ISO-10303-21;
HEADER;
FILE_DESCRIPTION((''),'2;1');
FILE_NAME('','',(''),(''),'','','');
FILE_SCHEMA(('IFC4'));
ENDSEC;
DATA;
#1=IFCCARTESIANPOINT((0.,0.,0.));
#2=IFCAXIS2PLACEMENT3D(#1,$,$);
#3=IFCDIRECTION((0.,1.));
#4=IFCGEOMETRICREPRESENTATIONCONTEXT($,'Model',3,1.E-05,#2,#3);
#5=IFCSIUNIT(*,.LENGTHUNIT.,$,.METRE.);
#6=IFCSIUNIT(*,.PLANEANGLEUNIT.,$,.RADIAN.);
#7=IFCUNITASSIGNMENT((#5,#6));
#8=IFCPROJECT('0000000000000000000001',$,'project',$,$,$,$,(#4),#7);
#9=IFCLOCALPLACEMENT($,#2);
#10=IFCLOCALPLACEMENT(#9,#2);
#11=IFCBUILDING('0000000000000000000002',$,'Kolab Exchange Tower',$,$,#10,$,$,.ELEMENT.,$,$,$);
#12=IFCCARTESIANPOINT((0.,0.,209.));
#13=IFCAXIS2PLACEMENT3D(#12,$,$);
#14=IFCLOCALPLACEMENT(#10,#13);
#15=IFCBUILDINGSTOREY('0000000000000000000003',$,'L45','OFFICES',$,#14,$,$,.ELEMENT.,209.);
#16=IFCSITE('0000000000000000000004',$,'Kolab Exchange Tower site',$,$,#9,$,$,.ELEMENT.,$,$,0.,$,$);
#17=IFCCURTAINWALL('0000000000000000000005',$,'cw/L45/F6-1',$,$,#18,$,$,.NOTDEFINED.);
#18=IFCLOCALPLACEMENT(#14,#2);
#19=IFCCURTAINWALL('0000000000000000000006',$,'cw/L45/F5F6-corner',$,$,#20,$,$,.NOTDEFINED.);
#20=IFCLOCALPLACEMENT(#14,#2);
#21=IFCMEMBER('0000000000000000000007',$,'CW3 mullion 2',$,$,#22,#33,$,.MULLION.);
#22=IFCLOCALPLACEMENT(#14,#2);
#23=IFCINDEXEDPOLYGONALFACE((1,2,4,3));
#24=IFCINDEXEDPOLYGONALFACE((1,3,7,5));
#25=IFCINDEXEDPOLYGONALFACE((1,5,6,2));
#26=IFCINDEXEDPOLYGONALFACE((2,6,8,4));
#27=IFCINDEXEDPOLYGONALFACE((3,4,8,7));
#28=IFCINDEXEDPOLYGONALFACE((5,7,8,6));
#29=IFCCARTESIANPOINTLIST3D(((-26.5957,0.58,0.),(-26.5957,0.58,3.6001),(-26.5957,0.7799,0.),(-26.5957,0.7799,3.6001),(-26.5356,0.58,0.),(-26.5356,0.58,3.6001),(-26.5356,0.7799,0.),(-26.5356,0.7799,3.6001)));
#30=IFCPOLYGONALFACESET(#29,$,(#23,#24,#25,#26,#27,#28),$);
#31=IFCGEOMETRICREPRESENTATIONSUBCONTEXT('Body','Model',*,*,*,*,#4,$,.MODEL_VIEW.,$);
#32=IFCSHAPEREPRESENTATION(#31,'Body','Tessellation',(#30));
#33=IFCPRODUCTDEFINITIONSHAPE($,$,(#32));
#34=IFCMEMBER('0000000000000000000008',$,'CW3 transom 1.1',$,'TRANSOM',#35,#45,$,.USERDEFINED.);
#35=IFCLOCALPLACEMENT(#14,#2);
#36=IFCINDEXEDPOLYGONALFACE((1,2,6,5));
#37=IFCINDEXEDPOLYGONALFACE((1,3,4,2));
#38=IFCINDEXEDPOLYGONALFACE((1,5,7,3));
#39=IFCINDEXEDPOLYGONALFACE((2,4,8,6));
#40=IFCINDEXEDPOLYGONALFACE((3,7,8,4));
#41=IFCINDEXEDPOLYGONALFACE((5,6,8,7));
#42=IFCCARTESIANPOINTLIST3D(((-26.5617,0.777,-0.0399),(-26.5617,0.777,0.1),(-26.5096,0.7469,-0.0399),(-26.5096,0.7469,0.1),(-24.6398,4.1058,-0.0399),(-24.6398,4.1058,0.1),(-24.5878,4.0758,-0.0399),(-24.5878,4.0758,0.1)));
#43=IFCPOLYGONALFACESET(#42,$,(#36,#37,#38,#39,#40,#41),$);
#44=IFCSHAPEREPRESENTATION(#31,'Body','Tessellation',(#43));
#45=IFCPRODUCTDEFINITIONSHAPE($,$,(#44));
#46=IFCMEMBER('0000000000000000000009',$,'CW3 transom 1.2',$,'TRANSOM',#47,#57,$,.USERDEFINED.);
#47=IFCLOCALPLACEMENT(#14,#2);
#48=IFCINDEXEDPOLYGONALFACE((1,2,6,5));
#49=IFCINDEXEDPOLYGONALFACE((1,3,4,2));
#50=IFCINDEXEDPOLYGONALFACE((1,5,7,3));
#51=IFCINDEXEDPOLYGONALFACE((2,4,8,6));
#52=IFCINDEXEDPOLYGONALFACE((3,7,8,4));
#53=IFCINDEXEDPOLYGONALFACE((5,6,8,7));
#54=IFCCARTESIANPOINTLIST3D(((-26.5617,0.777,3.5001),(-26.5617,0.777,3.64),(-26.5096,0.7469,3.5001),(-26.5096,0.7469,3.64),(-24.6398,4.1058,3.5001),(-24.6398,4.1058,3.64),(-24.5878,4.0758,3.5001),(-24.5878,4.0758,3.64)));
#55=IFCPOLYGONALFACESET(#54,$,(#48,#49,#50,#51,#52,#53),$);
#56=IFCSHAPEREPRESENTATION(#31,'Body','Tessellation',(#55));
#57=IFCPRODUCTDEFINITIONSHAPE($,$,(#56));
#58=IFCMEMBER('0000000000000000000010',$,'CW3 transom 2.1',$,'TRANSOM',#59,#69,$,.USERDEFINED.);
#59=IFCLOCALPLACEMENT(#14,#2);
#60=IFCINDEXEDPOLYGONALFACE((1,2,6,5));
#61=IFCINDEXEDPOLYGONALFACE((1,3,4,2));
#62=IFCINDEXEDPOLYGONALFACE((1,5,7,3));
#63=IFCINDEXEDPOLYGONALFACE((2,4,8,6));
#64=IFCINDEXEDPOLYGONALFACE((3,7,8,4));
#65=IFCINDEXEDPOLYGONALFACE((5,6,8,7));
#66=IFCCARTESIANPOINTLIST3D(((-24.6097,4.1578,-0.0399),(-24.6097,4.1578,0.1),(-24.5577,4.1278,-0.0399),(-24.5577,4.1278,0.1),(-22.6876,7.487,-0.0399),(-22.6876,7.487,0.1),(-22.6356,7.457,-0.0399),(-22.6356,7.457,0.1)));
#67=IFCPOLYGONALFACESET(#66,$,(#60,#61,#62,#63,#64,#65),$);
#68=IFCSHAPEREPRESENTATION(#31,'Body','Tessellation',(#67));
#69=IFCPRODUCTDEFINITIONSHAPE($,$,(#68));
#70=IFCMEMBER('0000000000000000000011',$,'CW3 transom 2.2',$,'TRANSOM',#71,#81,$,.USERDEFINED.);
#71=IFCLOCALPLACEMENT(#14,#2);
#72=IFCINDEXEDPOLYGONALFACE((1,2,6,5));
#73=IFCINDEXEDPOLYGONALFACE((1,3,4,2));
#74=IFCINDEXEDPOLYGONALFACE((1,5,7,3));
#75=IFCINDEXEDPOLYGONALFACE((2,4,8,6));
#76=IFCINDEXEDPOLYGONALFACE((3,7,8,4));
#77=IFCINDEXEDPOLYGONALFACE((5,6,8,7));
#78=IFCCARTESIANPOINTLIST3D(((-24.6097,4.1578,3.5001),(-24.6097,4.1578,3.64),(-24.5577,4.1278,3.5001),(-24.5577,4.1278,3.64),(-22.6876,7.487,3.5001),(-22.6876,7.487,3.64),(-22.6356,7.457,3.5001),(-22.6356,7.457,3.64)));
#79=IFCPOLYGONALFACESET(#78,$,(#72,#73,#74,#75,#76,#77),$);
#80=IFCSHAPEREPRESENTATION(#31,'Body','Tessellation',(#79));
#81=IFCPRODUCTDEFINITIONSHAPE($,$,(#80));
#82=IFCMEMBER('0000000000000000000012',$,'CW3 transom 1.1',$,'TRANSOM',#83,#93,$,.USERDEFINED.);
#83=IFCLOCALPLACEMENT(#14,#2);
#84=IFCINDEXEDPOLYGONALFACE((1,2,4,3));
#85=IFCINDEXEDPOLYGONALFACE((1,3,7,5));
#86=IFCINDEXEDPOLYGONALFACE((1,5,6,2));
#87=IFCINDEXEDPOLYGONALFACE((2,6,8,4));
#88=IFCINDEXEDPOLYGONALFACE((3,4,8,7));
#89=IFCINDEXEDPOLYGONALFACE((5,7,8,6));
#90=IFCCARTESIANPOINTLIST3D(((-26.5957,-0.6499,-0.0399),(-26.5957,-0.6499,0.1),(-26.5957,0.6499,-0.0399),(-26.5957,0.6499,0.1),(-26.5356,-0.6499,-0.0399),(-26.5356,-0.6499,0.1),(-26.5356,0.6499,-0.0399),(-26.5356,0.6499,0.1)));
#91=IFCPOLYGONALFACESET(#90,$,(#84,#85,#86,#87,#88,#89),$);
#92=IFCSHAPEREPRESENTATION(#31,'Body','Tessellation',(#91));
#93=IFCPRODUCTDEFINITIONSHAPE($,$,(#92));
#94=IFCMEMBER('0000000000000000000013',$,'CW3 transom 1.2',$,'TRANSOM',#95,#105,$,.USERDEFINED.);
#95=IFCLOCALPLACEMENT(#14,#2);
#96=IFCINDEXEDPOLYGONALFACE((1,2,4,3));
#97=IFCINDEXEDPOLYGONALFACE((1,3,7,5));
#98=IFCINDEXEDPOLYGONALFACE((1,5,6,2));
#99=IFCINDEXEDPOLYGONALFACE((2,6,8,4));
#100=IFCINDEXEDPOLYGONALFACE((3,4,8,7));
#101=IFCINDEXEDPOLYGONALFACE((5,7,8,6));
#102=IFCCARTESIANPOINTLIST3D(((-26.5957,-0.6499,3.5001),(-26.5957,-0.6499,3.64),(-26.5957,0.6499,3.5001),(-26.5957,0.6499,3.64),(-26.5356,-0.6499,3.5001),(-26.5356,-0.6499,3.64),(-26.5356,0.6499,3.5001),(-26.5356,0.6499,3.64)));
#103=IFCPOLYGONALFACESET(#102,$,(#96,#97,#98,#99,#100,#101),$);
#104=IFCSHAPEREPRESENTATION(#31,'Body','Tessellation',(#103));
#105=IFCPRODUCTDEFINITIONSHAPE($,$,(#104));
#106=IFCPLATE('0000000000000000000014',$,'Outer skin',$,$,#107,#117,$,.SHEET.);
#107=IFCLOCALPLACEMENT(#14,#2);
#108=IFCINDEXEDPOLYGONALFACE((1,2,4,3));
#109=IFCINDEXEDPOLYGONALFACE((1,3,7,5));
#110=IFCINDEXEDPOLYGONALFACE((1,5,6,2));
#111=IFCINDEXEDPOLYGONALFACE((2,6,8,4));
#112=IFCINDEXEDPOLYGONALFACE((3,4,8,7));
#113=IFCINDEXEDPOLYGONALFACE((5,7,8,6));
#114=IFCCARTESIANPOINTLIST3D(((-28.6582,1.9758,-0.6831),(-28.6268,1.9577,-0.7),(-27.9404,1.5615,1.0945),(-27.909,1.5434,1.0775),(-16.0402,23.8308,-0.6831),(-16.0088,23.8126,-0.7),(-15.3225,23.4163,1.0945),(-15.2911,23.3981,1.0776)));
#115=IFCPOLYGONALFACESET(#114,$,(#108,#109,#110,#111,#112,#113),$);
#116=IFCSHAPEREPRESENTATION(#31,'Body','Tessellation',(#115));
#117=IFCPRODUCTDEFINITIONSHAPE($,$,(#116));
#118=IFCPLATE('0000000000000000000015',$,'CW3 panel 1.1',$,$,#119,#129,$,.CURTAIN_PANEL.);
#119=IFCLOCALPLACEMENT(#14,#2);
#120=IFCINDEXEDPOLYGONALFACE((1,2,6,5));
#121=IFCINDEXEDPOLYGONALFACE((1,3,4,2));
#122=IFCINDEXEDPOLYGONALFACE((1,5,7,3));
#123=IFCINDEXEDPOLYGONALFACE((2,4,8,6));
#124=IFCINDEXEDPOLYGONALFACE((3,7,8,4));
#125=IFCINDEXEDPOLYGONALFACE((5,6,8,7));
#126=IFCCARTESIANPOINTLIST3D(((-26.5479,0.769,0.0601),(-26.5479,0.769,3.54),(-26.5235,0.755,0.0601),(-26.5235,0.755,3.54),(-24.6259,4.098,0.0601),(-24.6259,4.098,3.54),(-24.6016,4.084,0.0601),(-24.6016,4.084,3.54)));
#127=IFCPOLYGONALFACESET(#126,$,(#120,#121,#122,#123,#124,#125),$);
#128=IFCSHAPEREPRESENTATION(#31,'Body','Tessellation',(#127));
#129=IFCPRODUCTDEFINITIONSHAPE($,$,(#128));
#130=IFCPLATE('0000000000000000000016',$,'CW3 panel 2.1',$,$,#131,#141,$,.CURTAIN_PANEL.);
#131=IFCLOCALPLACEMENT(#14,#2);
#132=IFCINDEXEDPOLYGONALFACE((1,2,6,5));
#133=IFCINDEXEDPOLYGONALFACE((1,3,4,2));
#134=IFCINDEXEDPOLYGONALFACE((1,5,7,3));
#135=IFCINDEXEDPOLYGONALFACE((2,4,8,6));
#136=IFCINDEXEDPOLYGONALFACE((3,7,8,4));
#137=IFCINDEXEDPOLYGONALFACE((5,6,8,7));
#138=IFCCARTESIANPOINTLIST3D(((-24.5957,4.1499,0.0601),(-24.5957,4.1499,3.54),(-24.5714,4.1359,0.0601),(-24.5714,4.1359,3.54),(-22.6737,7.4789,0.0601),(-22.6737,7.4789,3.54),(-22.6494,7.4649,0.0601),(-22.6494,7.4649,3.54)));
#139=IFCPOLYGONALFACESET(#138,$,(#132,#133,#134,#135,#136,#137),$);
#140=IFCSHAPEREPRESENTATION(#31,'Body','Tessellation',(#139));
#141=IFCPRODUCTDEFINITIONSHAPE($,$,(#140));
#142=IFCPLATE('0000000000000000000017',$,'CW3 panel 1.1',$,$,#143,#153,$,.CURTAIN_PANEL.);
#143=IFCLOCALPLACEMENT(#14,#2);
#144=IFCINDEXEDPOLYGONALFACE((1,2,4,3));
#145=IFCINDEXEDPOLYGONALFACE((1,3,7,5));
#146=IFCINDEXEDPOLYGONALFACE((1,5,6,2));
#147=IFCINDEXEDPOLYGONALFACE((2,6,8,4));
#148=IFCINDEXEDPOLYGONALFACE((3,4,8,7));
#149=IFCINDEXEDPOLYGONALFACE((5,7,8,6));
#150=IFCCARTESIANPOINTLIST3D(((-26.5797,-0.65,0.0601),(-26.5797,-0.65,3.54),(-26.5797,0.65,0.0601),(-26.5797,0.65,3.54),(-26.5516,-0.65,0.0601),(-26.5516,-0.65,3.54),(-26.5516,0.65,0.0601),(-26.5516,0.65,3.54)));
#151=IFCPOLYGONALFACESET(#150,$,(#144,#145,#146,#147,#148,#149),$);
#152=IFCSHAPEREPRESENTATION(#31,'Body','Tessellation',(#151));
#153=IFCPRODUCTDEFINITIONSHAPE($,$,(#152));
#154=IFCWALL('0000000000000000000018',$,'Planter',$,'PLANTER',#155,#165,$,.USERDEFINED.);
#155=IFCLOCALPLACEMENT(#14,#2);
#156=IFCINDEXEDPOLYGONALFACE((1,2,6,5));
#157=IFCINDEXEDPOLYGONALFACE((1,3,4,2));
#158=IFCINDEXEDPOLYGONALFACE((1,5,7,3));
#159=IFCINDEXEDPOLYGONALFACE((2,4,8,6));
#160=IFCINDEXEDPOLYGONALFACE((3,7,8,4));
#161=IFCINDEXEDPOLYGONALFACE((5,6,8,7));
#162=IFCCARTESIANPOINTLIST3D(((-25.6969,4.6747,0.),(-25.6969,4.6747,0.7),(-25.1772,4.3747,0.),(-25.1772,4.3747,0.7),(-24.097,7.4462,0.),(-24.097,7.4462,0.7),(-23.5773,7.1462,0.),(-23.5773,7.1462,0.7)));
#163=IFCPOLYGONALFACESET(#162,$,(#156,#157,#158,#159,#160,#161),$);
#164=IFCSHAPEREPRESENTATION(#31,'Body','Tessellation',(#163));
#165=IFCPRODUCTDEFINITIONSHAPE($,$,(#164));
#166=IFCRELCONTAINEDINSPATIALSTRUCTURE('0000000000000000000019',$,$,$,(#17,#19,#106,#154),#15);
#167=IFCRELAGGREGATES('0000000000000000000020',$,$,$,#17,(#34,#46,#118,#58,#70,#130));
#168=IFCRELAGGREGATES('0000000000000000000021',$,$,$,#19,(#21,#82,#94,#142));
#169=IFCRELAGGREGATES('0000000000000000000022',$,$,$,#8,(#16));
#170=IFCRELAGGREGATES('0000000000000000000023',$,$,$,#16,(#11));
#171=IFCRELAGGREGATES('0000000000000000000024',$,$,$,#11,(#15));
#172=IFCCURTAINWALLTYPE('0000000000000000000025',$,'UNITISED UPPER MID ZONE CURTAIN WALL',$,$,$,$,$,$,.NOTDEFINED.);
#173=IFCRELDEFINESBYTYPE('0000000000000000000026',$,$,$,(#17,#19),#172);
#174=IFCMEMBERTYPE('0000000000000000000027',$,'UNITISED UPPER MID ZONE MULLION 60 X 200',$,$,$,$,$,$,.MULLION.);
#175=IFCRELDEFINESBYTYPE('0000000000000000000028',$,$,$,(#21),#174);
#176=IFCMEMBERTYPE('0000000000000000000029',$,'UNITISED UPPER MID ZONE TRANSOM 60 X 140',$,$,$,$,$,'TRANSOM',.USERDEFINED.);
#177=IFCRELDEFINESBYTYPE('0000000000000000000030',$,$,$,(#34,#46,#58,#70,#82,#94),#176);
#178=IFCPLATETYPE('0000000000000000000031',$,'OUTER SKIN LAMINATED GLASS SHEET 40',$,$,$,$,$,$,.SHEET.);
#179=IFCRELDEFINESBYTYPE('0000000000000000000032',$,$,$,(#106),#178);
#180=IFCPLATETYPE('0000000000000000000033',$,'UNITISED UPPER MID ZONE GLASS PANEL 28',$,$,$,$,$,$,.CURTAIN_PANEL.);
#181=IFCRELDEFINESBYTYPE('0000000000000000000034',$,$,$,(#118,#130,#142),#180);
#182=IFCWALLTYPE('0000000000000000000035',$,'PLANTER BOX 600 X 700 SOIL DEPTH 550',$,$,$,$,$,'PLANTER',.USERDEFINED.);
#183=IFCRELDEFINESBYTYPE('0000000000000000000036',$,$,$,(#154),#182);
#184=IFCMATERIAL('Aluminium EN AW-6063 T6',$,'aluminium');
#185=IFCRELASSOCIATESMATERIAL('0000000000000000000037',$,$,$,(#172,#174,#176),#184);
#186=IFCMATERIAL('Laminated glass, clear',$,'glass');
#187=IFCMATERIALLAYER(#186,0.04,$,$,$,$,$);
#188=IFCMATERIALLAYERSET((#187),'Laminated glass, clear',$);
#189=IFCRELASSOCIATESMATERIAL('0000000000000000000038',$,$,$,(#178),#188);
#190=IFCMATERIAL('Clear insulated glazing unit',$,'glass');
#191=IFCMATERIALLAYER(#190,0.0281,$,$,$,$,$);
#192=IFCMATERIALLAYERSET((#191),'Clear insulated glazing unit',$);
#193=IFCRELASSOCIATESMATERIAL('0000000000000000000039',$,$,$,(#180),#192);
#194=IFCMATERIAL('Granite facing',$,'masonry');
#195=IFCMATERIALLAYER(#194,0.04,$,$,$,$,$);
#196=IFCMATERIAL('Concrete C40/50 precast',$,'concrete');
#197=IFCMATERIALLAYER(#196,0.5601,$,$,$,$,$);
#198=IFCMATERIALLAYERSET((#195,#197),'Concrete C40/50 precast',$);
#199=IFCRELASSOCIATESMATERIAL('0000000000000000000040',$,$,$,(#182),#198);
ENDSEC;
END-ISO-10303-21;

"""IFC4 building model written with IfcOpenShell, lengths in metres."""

from ifc_helpers import new_model, si_unit, direction, frame, frame_2d, origin, origin_2d, place, context, subcontext, project, spatial, polyline, rectangle, outline, extrude, material, layer, layer_set, material_profile, profile_set, type_object, element, aggregate, save


model = new_model("IFC4")

# Units and contexts
model_context = context("Model", 3, precision=1e-05, world=origin(), true_north=direction((0.0, 1.0)))
body_context = subcontext(model_context, "Body", "Model", "MODEL_VIEW")
ifc_project = project(units=[si_unit("LENGTHUNIT", "METRE"), si_unit("PLANEANGLEUNIT", "RADIAN")], contexts=[model_context])

# Site, building, storey
site_placement = place(None, origin())
site = spatial("IfcSite", under=ifc_project, at=site_placement, Name="Kolab Exchange Tower site", CompositionType="ELEMENT", RefElevation=0.0)
building_placement = place(site_placement, origin())
building = spatial("IfcBuilding", under=site, at=building_placement, Name="Kolab Exchange Tower", CompositionType="ELEMENT")
storey_placement = place(building_placement, frame((0.0, 0.0, 209.0)))
storey = spatial("IfcBuildingStorey", under=building, at=storey_placement, Name="L45", Description="OFFICES", CompositionType="ELEMENT", Elevation=209.0)

# Shared definitions
ifc_material_1 = material(Name="Aluminium EN AW-6063 T6", Category="aluminium")
curtain_wall_type = type_object("IfcCurtainWallType", Name="UNITISED UPPER MID ZONE CURTAIN WALL", PredefinedType="NOTDEFINED", material=ifc_material_1)
ifc_material_profile_1 = material_profile(ifc_material_1, rectangle(XDim=0.0601, YDim=0.2, at=origin_2d()), Name="RECT 60X200")
ifc_profile_set_1 = profile_set([ifc_material_profile_1], Name="Aluminium EN AW-6063 T6")
member_type_1 = type_object("IfcMemberType", Name="UNITISED UPPER MID ZONE MULLION 60 X 200", PredefinedType="MULLION", material=ifc_profile_set_1)

# Curtain walls, member
curtain_wall_1_placement = place(storey_placement, origin())
curtain_wall_1 = element("IfcCurtainWall", 1, at=curtain_wall_1_placement, inside=storey, type_object=curtain_wall_type, Name="cw/L45/F6-1", PredefinedType="NOTDEFINED")
curtain_wall_2_placement = place(storey_placement, origin())
curtain_wall_2 = element("IfcCurtainWall", 2, at=curtain_wall_2_placement, inside=storey, type_object=curtain_wall_type, Name="cw/L45/F5F6-corner", PredefinedType="NOTDEFINED")
member_1_placement = place(storey_placement, frame((-26.5657, 0.6799, 0.0), z_axis=(0.0, 0.0, 1.0), x_axis=(-1.0, 0.0, 0.0)))
member_1 = element("IfcMember", 3, at=member_1_placement, type_object=member_type_1, Name="CW3 mullion 2", PredefinedType="MULLION", context=body_context, shape_type="SweptSolid", body=[
    extrude(rectangle(XDim=0.0601, YDim=0.2, at=origin_2d()), origin(), (0.0, 0.0, 1.0), 3.6001),
])

# Members
ifc_material_profile_2 = material_profile(ifc_material_1, rectangle(XDim=0.0601, YDim=0.1399, at=origin_2d()), Name="RECT 60X140")
ifc_profile_set_2 = profile_set([ifc_material_profile_2], Name="Aluminium EN AW-6063 T6")
member_type_2 = type_object("IfcMemberType", Name="UNITISED UPPER MID ZONE TRANSOM 60 X 140", ElementType="TRANSOM", PredefinedType="USERDEFINED", material=ifc_profile_set_2)
member_2_placement = place(storey_placement, frame((-26.5356, 0.762, 0.03), z_axis=(0.499992, 0.86603, 0.0), x_axis=(-0.86603, 0.499992, 0.0)))
member_2 = element("IfcMember", 4, at=member_2_placement, type_object=member_type_2, Name="CW3 transom 1.1", ObjectType="TRANSOM", PredefinedType="USERDEFINED", context=body_context, shape_type="SweptSolid", body=[
    extrude(rectangle(XDim=0.0601, YDim=0.1399, at=origin_2d()), origin(), (0.0, 0.0, 1.0), 3.8438),
])
member_3_placement = place(storey_placement, frame((-26.5356, 0.762, 3.5701), z_axis=(0.499992, 0.86603, 0.0), x_axis=(-0.86603, 0.499992, 0.0)))
member_3 = element("IfcMember", 5, at=member_3_placement, type_object=member_type_2, Name="CW3 transom 1.2", ObjectType="TRANSOM", PredefinedType="USERDEFINED", context=body_context, shape_type="SweptSolid", body=[
    extrude(rectangle(XDim=0.0601, YDim=0.1399, at=origin_2d()), origin(), (0.0, 0.0, 1.0), 3.8438),
])
member_4_placement = place(storey_placement, frame((-24.5837, 4.1428, 0.03), z_axis=(0.500012, 0.866018, 0.0), x_axis=(-0.866018, 0.500012, 0.0)))
member_4 = element("IfcMember", 6, at=member_4_placement, type_object=member_type_2, Name="CW3 transom 2.1", ObjectType="TRANSOM", PredefinedType="USERDEFINED", context=body_context, shape_type="SweptSolid", body=[
    extrude(rectangle(XDim=0.0601, YDim=0.1399, at=origin_2d()), origin(), (0.0, 0.0, 1.0), 3.8442),
])
member_5_placement = place(storey_placement, frame((-24.5837, 4.1428, 3.5701), z_axis=(0.500012, 0.866018, 0.0), x_axis=(-0.866018, 0.500012, 0.0)))
member_5 = element("IfcMember", 7, at=member_5_placement, type_object=member_type_2, Name="CW3 transom 2.2", ObjectType="TRANSOM", PredefinedType="USERDEFINED", context=body_context, shape_type="SweptSolid", body=[
    extrude(rectangle(XDim=0.0601, YDim=0.1399, at=origin_2d()), origin(), (0.0, 0.0, 1.0), 3.8442),
])
member_6_placement = place(storey_placement, frame((-26.5657, -0.6499, 0.03), z_axis=(0.0, 1.0, 0.0), x_axis=(-1.0, 0.0, 0.0)))
member_6 = element("IfcMember", 8, at=member_6_placement, type_object=member_type_2, Name="CW3 transom 1.1", ObjectType="TRANSOM", PredefinedType="USERDEFINED", context=body_context, shape_type="SweptSolid", body=[
    extrude(rectangle(XDim=0.0601, YDim=0.1399, at=origin_2d()), origin(), (0.0, 0.0, 1.0), 1.2998),
])
member_7_placement = place(storey_placement, frame((-26.5657, -0.6499, 3.5701), z_axis=(0.0, 1.0, 0.0), x_axis=(-1.0, 0.0, 0.0)))
member_7 = element("IfcMember", 9, at=member_7_placement, type_object=member_type_2, Name="CW3 transom 1.2", ObjectType="TRANSOM", PredefinedType="USERDEFINED", context=body_context, shape_type="SweptSolid", body=[
    extrude(rectangle(XDim=0.0601, YDim=0.1399, at=origin_2d()), origin(), (0.0, 0.0, 1.0), 1.2998),
])

# Plates
ifc_material_2 = material(Name="Laminated glass, clear", Category="glass")
ifc_layer_1 = layer(ifc_material_2, 0.04)
ifc_layer_set_1 = layer_set([ifc_layer_1], Name="Laminated glass, clear")
plate_type_1 = type_object("IfcPlateType", Name="OUTER SKIN LAMINATED GLASS SHEET 40", PredefinedType="SHEET", material=ifc_layer_set_1)
plate_1_placement = place(storey_placement, frame((-28.6582, 1.9758, -0.6831), z_axis=(-0.784899, 0.453162, 0.422585), x_axis=(0.5, 0.866025, -0.000001)))
element("IfcPlate", 10, at=plate_1_placement, inside=storey, type_object=plate_type_1, Name="Outer skin", PredefinedType="SHEET", context=body_context, shape_type="SweptSolid", body=[
    extrude(outline(polyline([(0.0, 0.0), (25.2359, 0.0), (25.2358, -1.9613), (0.0001, -1.9613), (0.0, 0.0)])), origin(), (0.0, 0.0, -1.0), 0.04),
])
ifc_material_3 = material(Name="Clear insulated glazing unit", Category="glass")
ifc_layer_2 = layer(ifc_material_3, 0.0281)
ifc_layer_set_2 = layer_set([ifc_layer_2], Name="Clear insulated glazing unit")
plate_type_2 = type_object("IfcPlateType", Name="UNITISED UPPER MID ZONE GLASS PANEL 28", PredefinedType="CURTAIN_PANEL", material=ifc_layer_set_2)
plate_2_placement = place(storey_placement, frame((-25.5747, 2.4265, 0.0601), z_axis=(0.0, 0.0, 1.0), x_axis=(0.5, 0.866025, 0.0)))
plate_2 = element("IfcPlate", 11, at=plate_2_placement, type_object=plate_type_2, Name="CW3 panel 1.1", PredefinedType="CURTAIN_PANEL", context=body_context, shape_type="SweptSolid", body=[
    extrude(rectangle(XDim=3.844, YDim=0.0281, at=origin_2d()), origin(), (0.0, 0.0, 1.0), 3.48),
])
plate_3_placement = place(storey_placement, frame((-23.6226, 5.8074, 0.0601), z_axis=(0.0, 0.0, 1.0), x_axis=(0.5, 0.866025, 0.0)))
plate_3 = element("IfcPlate", 12, at=plate_3_placement, type_object=plate_type_2, Name="CW3 panel 2.1", PredefinedType="CURTAIN_PANEL", context=body_context, shape_type="SweptSolid", body=[
    extrude(rectangle(XDim=3.844, YDim=0.0281, at=origin_2d()), origin(), (0.0, 0.0, 1.0), 3.48),
])
aggregate(curtain_wall_1, [member_2, member_3, plate_2, member_4, member_5, plate_3])
plate_4_placement = place(storey_placement, frame((-26.5657, 0.0, 0.0601), z_axis=(0.0, 0.0, 1.0), x_axis=(0.0, 1.0, 0.0)))
plate_4 = element("IfcPlate", 13, at=plate_4_placement, type_object=plate_type_2, Name="CW3 panel 1.1", PredefinedType="CURTAIN_PANEL", context=body_context, shape_type="SweptSolid", body=[
    extrude(rectangle(XDim=1.3, YDim=0.0281, at=origin_2d()), origin(), (0.0, 0.0, 1.0), 3.48),
])
aggregate(curtain_wall_2, [member_1, member_6, member_7, plate_4])

# Wall
ifc_material_4 = material(Name="Granite facing", Category="masonry")
ifc_layer_3 = layer(ifc_material_4, 0.04)
ifc_material_5 = material(Name="Concrete C40/50 precast", Category="concrete")
ifc_layer_4 = layer(ifc_material_5, 0.5601)
ifc_layer_set_3 = layer_set([ifc_layer_3, ifc_layer_4], Name="Concrete C40/50 precast")
wall_type = type_object("IfcWallType", Name="PLANTER BOX 600 X 700 SOIL DEPTH 550", ElementType="PLANTER", PredefinedType="USERDEFINED", material=ifc_layer_set_3)
wall_placement = place(storey_placement, frame((-25.437, 4.5247, 0.0), z_axis=(0.0, 0.0, 1.0), x_axis=(0.499938, 0.866061, 0.0)))
element("IfcWall", 14, at=wall_placement, inside=storey, type_object=wall_type, Name="Planter", ObjectType="PLANTER", PredefinedType="USERDEFINED", context=body_context, shape_type="SweptSolid", body=[
    extrude(rectangle(XDim=3.2002, YDim=0.6001, at=frame_2d((1.6001, 0.0))), origin(), (0.0, 0.0, 1.0), 0.7),
])

save(model, "model.ifc")
